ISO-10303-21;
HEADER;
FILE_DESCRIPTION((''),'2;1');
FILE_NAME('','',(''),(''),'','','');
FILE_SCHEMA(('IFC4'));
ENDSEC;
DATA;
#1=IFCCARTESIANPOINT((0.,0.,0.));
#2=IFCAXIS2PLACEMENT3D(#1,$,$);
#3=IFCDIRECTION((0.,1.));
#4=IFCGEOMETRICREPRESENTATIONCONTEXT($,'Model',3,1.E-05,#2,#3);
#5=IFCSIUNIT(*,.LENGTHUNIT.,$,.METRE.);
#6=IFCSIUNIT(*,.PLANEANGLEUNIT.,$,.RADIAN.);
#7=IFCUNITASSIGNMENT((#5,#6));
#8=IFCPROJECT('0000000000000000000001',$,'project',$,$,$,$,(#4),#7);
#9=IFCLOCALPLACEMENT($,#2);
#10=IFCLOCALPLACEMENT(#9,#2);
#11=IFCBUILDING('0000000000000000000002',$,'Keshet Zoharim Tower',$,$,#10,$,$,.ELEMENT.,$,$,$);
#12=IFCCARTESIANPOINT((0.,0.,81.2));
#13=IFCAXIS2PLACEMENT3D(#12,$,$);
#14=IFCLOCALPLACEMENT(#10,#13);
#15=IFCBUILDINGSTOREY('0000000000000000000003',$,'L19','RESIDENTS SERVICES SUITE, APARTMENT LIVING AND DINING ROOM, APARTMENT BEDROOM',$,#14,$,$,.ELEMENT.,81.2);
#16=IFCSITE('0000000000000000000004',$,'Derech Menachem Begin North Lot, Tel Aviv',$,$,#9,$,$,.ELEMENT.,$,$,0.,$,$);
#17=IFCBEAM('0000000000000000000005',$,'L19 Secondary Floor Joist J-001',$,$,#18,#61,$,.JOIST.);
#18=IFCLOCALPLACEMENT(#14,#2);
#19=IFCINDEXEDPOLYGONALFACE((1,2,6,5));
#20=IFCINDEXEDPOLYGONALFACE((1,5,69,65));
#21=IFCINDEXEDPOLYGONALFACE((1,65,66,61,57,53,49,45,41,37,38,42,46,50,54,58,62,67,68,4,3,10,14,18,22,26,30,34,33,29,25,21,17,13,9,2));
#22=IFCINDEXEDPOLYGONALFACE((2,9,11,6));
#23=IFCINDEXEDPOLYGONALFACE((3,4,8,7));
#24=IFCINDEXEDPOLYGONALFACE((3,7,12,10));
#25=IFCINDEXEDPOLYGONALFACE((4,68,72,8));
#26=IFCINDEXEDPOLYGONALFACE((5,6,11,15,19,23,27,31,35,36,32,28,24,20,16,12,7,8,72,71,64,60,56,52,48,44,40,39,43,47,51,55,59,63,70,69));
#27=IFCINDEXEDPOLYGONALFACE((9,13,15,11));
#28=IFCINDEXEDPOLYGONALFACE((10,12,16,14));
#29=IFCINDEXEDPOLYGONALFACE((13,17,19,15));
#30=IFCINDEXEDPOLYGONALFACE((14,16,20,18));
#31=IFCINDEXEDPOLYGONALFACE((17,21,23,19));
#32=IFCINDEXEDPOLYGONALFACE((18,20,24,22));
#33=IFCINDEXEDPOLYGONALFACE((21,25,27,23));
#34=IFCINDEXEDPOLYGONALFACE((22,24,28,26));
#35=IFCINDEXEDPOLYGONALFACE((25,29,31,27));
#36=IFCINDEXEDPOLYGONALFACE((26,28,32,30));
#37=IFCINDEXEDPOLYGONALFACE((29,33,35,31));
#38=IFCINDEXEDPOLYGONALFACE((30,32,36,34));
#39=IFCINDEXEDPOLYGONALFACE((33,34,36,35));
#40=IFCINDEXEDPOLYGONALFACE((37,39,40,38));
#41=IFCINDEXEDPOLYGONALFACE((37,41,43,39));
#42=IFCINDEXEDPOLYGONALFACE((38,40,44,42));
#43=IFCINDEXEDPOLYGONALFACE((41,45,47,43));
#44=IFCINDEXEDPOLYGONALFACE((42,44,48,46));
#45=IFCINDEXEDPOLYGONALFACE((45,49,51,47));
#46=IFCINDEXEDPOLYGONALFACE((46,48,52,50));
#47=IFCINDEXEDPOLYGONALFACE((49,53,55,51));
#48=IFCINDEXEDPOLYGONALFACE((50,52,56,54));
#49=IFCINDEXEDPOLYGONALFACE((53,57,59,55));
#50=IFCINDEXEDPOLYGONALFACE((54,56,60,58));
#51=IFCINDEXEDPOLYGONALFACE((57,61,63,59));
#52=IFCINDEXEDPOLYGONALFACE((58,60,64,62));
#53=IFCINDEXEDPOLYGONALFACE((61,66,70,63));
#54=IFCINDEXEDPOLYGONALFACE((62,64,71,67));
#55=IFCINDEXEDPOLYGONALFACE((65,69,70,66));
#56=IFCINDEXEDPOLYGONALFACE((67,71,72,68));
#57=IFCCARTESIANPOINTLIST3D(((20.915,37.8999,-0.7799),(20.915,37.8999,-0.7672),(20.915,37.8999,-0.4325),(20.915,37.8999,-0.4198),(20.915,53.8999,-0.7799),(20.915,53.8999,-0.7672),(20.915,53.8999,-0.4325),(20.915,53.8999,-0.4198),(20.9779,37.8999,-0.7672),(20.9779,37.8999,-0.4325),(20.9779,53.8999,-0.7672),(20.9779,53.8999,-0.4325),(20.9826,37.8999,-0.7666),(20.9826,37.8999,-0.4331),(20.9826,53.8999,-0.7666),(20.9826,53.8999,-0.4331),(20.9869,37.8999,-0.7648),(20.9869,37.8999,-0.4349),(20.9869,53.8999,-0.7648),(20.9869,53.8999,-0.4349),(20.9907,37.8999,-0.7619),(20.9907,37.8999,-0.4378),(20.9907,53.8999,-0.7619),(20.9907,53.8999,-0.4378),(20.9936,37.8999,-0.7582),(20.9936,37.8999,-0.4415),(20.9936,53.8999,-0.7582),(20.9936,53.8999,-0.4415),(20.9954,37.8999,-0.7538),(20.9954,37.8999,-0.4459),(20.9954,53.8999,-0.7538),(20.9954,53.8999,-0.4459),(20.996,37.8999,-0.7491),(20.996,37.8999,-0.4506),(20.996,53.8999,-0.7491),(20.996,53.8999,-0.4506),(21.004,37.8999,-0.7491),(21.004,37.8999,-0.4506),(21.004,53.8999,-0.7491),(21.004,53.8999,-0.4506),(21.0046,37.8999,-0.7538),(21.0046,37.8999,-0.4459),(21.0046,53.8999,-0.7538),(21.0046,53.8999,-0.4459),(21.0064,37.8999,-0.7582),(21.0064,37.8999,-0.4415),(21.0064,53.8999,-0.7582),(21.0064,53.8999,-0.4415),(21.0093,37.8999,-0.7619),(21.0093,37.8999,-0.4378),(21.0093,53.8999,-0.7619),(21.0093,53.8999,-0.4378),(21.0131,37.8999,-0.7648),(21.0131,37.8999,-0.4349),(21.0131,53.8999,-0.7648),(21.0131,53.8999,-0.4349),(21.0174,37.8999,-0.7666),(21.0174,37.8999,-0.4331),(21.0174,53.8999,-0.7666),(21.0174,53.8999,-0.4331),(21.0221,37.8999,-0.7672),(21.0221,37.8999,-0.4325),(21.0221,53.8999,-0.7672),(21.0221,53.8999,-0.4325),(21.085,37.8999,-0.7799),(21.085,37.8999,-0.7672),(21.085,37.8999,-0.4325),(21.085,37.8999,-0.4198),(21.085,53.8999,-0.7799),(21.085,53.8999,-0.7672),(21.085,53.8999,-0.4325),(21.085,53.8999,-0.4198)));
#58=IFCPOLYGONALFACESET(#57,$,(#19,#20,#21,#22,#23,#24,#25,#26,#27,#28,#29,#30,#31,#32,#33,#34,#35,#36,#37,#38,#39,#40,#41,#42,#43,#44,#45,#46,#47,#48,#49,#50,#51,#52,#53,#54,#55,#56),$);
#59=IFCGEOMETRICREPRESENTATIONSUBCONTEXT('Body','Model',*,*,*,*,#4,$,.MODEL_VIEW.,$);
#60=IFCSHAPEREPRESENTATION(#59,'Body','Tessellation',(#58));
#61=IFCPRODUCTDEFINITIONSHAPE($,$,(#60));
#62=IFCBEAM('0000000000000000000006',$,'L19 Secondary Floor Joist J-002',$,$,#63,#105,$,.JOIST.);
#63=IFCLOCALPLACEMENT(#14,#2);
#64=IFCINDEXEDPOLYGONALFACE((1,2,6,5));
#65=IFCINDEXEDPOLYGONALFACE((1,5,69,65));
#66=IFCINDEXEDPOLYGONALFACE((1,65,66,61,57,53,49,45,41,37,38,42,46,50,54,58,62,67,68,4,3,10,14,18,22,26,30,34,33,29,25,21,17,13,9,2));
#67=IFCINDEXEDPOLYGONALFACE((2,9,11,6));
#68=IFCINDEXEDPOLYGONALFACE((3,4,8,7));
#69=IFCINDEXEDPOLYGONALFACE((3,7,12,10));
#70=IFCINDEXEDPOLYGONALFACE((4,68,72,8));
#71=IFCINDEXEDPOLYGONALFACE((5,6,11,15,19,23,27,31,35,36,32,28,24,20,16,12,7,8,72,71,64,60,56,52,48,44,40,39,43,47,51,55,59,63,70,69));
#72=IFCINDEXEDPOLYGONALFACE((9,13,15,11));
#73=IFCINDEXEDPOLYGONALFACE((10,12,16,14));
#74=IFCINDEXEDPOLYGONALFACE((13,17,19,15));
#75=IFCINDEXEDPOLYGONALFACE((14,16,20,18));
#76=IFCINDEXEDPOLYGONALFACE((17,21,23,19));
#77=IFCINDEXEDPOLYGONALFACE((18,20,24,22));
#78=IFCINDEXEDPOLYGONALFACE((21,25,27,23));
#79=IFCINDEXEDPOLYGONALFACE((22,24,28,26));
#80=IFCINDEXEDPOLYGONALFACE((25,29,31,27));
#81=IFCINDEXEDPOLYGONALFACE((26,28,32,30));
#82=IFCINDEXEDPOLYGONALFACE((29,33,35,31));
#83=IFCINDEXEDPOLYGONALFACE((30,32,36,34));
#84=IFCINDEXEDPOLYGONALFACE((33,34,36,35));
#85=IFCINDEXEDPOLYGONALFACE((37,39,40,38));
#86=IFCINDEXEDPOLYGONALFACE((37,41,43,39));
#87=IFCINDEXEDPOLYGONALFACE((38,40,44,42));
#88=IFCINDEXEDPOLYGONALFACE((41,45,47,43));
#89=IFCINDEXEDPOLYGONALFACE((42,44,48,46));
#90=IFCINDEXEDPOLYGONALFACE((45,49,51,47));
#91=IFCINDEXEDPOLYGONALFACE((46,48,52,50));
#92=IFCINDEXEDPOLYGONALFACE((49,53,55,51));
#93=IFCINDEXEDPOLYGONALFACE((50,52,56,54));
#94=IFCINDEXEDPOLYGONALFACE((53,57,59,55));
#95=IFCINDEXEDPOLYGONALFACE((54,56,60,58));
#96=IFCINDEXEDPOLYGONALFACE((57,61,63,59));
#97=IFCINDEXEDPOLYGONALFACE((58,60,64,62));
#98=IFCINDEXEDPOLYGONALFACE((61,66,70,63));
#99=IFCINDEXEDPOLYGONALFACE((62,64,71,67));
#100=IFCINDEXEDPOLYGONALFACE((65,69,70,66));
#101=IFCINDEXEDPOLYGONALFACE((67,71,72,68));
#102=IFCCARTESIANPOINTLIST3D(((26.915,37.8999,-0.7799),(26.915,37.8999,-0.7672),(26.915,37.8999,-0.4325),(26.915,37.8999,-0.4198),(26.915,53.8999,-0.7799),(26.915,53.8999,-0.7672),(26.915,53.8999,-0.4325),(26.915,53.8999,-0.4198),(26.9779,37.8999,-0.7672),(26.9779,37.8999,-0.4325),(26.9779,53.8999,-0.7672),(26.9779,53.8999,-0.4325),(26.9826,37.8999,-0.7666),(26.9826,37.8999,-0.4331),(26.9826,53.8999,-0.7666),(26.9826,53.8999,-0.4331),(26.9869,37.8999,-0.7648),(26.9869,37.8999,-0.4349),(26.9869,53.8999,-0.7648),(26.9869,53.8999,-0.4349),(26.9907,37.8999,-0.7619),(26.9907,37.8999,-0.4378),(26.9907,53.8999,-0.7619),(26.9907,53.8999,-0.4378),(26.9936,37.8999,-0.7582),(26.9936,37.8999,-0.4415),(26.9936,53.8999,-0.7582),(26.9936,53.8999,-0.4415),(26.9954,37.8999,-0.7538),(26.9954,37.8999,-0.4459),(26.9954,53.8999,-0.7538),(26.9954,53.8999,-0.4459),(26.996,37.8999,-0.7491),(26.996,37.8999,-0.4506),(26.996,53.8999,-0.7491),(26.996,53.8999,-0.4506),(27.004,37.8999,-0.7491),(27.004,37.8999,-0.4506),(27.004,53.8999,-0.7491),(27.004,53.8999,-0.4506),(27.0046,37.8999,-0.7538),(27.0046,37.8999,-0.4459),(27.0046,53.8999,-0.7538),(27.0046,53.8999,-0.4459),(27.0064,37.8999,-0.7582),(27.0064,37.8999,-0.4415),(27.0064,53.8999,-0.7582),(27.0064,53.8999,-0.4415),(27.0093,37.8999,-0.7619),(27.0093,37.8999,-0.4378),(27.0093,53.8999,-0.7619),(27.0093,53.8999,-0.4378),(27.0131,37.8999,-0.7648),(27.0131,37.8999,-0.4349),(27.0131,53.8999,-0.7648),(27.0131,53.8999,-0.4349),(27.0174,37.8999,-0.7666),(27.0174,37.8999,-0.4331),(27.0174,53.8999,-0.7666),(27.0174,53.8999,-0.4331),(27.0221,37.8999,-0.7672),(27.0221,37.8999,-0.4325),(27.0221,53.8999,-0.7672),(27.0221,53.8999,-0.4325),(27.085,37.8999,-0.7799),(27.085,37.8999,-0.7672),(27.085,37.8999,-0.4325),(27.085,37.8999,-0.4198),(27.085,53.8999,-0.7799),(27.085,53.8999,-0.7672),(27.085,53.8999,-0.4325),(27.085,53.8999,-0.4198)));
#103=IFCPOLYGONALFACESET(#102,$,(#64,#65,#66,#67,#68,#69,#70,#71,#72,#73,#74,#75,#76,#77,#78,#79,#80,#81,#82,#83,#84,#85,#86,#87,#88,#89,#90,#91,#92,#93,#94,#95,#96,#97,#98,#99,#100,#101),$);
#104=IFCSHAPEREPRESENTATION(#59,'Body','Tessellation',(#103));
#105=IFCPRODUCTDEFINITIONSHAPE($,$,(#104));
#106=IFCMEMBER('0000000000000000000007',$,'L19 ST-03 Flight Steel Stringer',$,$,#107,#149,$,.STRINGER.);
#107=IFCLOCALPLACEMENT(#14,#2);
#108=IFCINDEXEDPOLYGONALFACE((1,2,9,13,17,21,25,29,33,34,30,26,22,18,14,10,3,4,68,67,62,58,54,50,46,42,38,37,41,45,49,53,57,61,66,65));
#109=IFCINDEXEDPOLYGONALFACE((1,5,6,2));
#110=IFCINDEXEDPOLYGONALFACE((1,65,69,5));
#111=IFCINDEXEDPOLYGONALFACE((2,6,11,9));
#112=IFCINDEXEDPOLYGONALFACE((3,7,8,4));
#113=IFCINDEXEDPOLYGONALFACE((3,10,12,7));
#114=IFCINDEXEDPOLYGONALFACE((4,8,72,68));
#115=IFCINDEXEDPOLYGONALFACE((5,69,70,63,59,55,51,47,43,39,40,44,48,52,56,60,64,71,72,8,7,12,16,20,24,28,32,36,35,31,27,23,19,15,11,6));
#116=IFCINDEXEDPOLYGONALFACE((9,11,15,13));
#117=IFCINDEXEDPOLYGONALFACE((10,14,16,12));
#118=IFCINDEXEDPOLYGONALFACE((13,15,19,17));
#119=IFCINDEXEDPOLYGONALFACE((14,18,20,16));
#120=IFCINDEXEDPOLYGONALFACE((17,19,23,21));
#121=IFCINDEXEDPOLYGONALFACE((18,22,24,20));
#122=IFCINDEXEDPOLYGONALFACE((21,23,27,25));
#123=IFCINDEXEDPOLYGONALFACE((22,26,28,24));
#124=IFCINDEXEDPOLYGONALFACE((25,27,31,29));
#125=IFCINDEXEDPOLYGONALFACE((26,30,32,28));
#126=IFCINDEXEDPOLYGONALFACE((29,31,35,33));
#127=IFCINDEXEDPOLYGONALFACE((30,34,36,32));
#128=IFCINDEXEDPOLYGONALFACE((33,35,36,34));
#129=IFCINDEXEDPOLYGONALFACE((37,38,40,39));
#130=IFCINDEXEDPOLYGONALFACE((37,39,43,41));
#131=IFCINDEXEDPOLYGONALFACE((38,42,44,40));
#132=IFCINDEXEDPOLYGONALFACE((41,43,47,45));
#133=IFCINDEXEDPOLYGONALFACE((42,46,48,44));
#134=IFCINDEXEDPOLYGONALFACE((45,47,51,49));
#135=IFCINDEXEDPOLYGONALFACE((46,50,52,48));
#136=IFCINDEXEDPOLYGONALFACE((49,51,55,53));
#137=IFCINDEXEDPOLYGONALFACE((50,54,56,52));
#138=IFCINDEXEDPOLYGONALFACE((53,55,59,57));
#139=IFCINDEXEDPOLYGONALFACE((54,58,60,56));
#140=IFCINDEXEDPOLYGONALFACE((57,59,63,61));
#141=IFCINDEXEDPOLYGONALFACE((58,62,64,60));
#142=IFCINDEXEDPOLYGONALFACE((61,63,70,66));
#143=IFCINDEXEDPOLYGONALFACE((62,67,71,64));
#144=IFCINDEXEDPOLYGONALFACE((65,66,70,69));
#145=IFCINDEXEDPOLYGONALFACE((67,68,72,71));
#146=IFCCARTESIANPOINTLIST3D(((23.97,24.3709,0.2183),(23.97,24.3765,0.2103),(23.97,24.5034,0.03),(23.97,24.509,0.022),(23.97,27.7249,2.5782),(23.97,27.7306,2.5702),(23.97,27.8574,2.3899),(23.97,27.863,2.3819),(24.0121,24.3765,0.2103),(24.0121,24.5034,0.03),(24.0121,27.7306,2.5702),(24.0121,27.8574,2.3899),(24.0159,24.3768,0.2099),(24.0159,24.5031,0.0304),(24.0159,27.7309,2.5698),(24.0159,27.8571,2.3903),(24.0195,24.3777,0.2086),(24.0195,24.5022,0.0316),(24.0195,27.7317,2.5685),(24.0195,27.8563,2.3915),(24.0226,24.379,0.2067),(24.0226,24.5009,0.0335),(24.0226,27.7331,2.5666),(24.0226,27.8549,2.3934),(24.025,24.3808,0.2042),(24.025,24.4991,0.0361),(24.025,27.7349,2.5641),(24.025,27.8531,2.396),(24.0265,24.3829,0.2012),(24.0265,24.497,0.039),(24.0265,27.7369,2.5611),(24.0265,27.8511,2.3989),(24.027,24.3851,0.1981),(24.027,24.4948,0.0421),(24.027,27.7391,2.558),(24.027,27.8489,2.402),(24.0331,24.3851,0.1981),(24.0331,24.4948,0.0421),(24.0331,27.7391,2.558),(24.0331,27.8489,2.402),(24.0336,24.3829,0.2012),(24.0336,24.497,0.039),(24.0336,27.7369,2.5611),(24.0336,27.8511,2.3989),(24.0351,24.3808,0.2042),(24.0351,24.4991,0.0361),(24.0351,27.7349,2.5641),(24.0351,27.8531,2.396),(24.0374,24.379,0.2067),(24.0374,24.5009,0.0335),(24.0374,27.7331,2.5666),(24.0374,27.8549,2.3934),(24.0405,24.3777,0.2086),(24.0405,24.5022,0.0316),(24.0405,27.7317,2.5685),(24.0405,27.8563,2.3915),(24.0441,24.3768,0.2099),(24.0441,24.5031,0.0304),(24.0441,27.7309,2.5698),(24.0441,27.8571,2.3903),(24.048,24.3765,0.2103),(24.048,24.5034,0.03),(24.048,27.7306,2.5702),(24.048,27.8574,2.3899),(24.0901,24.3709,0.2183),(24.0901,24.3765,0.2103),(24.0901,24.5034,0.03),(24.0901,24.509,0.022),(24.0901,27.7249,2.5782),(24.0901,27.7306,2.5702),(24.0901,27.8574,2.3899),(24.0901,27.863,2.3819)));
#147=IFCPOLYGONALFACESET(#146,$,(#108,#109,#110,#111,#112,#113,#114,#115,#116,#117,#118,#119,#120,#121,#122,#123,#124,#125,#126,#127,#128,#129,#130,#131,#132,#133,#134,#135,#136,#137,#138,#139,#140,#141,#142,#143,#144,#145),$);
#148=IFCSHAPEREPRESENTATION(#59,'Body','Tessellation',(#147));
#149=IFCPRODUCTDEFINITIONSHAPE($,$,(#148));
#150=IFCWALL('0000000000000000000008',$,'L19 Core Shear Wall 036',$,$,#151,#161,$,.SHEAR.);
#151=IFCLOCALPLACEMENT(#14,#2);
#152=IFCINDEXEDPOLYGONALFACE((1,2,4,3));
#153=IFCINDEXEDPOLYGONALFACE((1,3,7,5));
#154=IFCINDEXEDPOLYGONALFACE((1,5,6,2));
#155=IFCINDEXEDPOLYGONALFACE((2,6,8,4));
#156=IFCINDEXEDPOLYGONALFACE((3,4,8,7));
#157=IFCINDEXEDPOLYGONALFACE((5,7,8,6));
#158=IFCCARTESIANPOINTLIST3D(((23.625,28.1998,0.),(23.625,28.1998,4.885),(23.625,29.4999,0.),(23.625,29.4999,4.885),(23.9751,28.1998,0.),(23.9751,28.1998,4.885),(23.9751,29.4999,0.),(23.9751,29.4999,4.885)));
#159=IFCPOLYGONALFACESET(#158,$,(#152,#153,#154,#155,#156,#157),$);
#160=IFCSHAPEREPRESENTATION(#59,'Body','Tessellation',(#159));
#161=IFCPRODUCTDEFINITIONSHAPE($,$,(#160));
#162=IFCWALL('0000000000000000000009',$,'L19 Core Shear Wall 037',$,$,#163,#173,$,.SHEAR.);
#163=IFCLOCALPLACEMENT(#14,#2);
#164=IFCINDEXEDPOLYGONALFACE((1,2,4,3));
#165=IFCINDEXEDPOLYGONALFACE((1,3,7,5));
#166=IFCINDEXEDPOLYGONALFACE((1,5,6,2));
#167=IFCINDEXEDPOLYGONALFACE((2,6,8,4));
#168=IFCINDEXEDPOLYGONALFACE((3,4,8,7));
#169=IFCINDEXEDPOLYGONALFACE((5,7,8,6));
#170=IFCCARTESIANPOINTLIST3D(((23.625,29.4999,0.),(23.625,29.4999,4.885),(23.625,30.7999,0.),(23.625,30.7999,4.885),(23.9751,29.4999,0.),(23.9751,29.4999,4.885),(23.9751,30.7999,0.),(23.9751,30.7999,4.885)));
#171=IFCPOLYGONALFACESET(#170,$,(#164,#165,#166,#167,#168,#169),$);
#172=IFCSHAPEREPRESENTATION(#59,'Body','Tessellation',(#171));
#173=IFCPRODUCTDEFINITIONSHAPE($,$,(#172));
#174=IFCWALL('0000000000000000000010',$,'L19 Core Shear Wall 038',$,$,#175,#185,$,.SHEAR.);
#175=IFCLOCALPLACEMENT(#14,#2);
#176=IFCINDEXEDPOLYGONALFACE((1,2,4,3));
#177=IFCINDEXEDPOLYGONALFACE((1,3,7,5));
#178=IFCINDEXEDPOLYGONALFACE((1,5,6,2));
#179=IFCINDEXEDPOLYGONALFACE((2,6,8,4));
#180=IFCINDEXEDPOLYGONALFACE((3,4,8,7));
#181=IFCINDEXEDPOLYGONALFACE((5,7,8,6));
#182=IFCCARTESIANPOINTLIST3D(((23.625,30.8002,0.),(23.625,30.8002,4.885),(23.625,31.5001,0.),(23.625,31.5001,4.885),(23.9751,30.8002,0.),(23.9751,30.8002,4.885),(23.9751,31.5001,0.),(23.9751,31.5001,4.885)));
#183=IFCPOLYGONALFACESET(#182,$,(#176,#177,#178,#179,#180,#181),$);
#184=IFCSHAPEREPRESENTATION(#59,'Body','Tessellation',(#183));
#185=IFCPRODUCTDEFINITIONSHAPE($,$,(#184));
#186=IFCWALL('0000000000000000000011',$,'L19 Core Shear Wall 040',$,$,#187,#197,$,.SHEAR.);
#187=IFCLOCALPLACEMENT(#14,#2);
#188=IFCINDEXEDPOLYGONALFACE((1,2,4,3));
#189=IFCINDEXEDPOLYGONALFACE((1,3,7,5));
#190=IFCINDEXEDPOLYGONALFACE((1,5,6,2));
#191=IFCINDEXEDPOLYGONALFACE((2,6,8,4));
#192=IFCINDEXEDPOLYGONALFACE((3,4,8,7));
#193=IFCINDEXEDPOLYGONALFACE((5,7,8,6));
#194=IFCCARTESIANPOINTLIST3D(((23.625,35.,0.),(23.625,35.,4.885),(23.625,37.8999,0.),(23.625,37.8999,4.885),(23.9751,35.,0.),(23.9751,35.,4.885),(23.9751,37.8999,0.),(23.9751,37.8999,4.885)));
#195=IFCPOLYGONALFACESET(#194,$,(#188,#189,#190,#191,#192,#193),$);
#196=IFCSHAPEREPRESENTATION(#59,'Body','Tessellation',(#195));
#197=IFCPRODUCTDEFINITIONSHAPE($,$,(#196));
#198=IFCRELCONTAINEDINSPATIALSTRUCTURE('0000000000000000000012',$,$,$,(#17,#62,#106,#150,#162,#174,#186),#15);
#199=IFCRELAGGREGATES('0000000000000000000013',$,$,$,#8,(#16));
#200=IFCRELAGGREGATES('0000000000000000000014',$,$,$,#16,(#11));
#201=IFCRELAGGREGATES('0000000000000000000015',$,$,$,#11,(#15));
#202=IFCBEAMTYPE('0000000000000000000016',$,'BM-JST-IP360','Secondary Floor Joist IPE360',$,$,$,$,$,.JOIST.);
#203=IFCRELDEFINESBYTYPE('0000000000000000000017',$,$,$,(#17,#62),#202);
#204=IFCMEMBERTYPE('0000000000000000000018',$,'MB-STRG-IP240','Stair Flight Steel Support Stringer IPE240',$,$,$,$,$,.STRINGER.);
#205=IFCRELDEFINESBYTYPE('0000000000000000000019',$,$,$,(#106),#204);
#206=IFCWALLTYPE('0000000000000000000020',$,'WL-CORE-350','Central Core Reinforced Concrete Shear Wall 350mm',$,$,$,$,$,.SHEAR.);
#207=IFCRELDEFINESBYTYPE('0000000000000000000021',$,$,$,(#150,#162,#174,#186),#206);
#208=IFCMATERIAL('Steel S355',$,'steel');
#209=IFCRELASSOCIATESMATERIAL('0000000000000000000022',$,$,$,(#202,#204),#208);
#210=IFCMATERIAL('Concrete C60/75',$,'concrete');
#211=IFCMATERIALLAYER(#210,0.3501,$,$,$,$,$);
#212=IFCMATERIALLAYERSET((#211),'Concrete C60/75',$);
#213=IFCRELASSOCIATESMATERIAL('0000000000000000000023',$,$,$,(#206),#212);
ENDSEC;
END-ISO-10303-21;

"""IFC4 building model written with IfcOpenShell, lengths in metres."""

from ifc_helpers import new_model, si_unit, direction, frame, frame_2d, origin, origin_2d, place, context, subcontext, project, spatial, rectangle, i_section, extrude, material, layer, layer_set, material_profile, profile_set, type_object, element, save


model = new_model("IFC4")

# Units and contexts
model_context = context("Model", 3, precision=1e-05, world=origin(), true_north=direction((0.0, 1.0)))
body_context = subcontext(model_context, "Body", "Model", "MODEL_VIEW")
ifc_project = project(units=[si_unit("LENGTHUNIT", "METRE"), si_unit("PLANEANGLEUNIT", "RADIAN")], contexts=[model_context])

# Site, building, storey
site_placement = place(None, origin())
site = spatial("IfcSite", under=ifc_project, at=site_placement, Name="Derech Menachem Begin North Lot, Tel Aviv", CompositionType="ELEMENT", RefElevation=0.0)
building_placement = place(site_placement, origin())
building = spatial("IfcBuilding", under=site, at=building_placement, Name="Keshet Zoharim Tower", CompositionType="ELEMENT")
storey_placement = place(building_placement, frame((0.0, 0.0, 81.2)))
storey = spatial("IfcBuildingStorey", under=building, at=storey_placement, Name="L19", Description="RESIDENTS SERVICES SUITE, APARTMENT LIVING AND DINING ROOM, APARTMENT BEDROOM", CompositionType="ELEMENT", Elevation=81.2)

# Beams
ifc_material_1 = material(Name="Steel S355", Category="steel")
ifc_material_profile_1 = material_profile(ifc_material_1, i_section(OverallWidth=0.1699, OverallDepth=0.3601, WebThickness=0.0081, FlangeThickness=0.0127, FilletRadius=0.0181, at=origin_2d()), Name="IPE360")
ifc_profile_set_1 = profile_set([ifc_material_profile_1], Name="Steel S355")
beam_type = type_object("IfcBeamType", Name="BM-JST-IP360", Description="Secondary Floor Joist IPE360", PredefinedType="JOIST", material=ifc_profile_set_1)
for number, where, z_axis, x_axis, name in (
    (1, (21.0, 37.8999, -0.5999), (0.0, 1.0, 0.0), (-1.0, 0.0, 0.0), "L19 Secondary Floor Joist J-001"),
    (2, (27.0, 37.8999, -0.5999), (0.0, 1.0, 0.0), (-1.0, 0.0, 0.0), "L19 Secondary Floor Joist J-002"),
):
    element("IfcBeam", number, at=place(storey_placement, frame(where, z_axis=z_axis, x_axis=x_axis)), inside=storey, type_object=beam_type, Name=name, PredefinedType="JOIST", context=body_context, shape_type="SweptSolid", body=[
        extrude(i_section(OverallWidth=0.1699, OverallDepth=0.3601, WebThickness=0.0081, FlangeThickness=0.0127, FilletRadius=0.0181, at=origin_2d()), origin(), (0.0, 0.0, 1.0), 16.0),
    ])

# Member
ifc_material_profile_2 = material_profile(ifc_material_1, i_section(OverallWidth=0.1201, OverallDepth=0.24, WebThickness=0.0061, FlangeThickness=0.0098, FilletRadius=0.0149, at=origin_2d()), Name="IPE240")
ifc_profile_set_2 = profile_set([ifc_material_profile_2], Name="Steel S355")
member_type = type_object("IfcMemberType", Name="MB-STRG-IP240", Description="Stair Flight Steel Support Stringer IPE240", PredefinedType="STRINGER", material=ifc_profile_set_2)
member_placement = place(storey_placement, frame((24.03, 24.4399, 0.1201), z_axis=(0.0, 0.817848, 0.575434), x_axis=(-1.0, 0.0, 0.0)))
element("IfcMember", 3, at=member_placement, inside=storey, type_object=member_type, Name="L19 ST-03 Flight Steel Stringer", PredefinedType="STRINGER", context=body_context, shape_type="SweptSolid", body=[
    extrude(i_section(OverallWidth=0.1201, OverallDepth=0.24, WebThickness=0.0061, FlangeThickness=0.0098, FilletRadius=0.0149, at=origin_2d()), origin(), (0.0, 0.0, 1.0), 4.1011),
])

# Walls
ifc_material_2 = material(Name="Concrete C60/75", Category="concrete")
ifc_layer_1 = layer(ifc_material_2, 0.3501)
ifc_layer_set_1 = layer_set([ifc_layer_1], Name="Concrete C60/75")
wall_type_1 = type_object("IfcWallType", Name="WL-CORE-350", Description="Central Core Reinforced Concrete Shear Wall 350mm", PredefinedType="SHEAR", material=ifc_layer_set_1)
for number, where, z_axis, x_axis, name in (
    (4, (23.8, 28.2, 0.0), (0.0, 0.0, 1.0), (0.0, 1.0, 0.0), "L19 Core Shear Wall 036"),
    (5, (23.8, 29.5, 0.0), (0.0, 0.0, 1.0), (0.0, 1.0, 0.0), "L19 Core Shear Wall 037"),
):
    element("IfcWall", number, at=place(storey_placement, frame(where, z_axis=z_axis, x_axis=x_axis)), inside=storey, type_object=wall_type_1, Name=name, PredefinedType="SHEAR", context=body_context, shape_type="SweptSolid", body=[
        extrude(rectangle(XDim=1.3, YDim=0.3501, at=frame_2d((0.6499, 0.0))), origin(), (0.0, 0.0, 1.0), 4.885),
    ])
wall_1_placement = place(storey_placement, frame((23.8, 30.8, 0.0), z_axis=(0.0, 0.0, 1.0), x_axis=(0.0, 1.0, 0.0)))
element("IfcWall", 6, at=wall_1_placement, inside=storey, type_object=wall_type_1, Name="L19 Core Shear Wall 038", PredefinedType="SHEAR", context=body_context, shape_type="SweptSolid", body=[
    extrude(rectangle(XDim=0.7, YDim=0.3501, at=frame_2d((0.3501, 0.0))), origin(), (0.0, 0.0, 1.0), 4.885),
])

# Wall
wall_2_placement = place(storey_placement, frame((23.8, 35.0, 0.0), z_axis=(0.0, 0.0, 1.0), x_axis=(0.0, 1.0, 0.0)))
element("IfcWall", 7, at=wall_2_placement, inside=storey, type_object=wall_type_1, Name="L19 Core Shear Wall 040", PredefinedType="SHEAR", context=body_context, shape_type="SweptSolid", body=[
    extrude(rectangle(XDim=2.8999, YDim=0.3501, at=frame_2d((1.45, 0.0))), origin(), (0.0, 0.0, 1.0), 4.885),
])

save(model, "model.ifc")
